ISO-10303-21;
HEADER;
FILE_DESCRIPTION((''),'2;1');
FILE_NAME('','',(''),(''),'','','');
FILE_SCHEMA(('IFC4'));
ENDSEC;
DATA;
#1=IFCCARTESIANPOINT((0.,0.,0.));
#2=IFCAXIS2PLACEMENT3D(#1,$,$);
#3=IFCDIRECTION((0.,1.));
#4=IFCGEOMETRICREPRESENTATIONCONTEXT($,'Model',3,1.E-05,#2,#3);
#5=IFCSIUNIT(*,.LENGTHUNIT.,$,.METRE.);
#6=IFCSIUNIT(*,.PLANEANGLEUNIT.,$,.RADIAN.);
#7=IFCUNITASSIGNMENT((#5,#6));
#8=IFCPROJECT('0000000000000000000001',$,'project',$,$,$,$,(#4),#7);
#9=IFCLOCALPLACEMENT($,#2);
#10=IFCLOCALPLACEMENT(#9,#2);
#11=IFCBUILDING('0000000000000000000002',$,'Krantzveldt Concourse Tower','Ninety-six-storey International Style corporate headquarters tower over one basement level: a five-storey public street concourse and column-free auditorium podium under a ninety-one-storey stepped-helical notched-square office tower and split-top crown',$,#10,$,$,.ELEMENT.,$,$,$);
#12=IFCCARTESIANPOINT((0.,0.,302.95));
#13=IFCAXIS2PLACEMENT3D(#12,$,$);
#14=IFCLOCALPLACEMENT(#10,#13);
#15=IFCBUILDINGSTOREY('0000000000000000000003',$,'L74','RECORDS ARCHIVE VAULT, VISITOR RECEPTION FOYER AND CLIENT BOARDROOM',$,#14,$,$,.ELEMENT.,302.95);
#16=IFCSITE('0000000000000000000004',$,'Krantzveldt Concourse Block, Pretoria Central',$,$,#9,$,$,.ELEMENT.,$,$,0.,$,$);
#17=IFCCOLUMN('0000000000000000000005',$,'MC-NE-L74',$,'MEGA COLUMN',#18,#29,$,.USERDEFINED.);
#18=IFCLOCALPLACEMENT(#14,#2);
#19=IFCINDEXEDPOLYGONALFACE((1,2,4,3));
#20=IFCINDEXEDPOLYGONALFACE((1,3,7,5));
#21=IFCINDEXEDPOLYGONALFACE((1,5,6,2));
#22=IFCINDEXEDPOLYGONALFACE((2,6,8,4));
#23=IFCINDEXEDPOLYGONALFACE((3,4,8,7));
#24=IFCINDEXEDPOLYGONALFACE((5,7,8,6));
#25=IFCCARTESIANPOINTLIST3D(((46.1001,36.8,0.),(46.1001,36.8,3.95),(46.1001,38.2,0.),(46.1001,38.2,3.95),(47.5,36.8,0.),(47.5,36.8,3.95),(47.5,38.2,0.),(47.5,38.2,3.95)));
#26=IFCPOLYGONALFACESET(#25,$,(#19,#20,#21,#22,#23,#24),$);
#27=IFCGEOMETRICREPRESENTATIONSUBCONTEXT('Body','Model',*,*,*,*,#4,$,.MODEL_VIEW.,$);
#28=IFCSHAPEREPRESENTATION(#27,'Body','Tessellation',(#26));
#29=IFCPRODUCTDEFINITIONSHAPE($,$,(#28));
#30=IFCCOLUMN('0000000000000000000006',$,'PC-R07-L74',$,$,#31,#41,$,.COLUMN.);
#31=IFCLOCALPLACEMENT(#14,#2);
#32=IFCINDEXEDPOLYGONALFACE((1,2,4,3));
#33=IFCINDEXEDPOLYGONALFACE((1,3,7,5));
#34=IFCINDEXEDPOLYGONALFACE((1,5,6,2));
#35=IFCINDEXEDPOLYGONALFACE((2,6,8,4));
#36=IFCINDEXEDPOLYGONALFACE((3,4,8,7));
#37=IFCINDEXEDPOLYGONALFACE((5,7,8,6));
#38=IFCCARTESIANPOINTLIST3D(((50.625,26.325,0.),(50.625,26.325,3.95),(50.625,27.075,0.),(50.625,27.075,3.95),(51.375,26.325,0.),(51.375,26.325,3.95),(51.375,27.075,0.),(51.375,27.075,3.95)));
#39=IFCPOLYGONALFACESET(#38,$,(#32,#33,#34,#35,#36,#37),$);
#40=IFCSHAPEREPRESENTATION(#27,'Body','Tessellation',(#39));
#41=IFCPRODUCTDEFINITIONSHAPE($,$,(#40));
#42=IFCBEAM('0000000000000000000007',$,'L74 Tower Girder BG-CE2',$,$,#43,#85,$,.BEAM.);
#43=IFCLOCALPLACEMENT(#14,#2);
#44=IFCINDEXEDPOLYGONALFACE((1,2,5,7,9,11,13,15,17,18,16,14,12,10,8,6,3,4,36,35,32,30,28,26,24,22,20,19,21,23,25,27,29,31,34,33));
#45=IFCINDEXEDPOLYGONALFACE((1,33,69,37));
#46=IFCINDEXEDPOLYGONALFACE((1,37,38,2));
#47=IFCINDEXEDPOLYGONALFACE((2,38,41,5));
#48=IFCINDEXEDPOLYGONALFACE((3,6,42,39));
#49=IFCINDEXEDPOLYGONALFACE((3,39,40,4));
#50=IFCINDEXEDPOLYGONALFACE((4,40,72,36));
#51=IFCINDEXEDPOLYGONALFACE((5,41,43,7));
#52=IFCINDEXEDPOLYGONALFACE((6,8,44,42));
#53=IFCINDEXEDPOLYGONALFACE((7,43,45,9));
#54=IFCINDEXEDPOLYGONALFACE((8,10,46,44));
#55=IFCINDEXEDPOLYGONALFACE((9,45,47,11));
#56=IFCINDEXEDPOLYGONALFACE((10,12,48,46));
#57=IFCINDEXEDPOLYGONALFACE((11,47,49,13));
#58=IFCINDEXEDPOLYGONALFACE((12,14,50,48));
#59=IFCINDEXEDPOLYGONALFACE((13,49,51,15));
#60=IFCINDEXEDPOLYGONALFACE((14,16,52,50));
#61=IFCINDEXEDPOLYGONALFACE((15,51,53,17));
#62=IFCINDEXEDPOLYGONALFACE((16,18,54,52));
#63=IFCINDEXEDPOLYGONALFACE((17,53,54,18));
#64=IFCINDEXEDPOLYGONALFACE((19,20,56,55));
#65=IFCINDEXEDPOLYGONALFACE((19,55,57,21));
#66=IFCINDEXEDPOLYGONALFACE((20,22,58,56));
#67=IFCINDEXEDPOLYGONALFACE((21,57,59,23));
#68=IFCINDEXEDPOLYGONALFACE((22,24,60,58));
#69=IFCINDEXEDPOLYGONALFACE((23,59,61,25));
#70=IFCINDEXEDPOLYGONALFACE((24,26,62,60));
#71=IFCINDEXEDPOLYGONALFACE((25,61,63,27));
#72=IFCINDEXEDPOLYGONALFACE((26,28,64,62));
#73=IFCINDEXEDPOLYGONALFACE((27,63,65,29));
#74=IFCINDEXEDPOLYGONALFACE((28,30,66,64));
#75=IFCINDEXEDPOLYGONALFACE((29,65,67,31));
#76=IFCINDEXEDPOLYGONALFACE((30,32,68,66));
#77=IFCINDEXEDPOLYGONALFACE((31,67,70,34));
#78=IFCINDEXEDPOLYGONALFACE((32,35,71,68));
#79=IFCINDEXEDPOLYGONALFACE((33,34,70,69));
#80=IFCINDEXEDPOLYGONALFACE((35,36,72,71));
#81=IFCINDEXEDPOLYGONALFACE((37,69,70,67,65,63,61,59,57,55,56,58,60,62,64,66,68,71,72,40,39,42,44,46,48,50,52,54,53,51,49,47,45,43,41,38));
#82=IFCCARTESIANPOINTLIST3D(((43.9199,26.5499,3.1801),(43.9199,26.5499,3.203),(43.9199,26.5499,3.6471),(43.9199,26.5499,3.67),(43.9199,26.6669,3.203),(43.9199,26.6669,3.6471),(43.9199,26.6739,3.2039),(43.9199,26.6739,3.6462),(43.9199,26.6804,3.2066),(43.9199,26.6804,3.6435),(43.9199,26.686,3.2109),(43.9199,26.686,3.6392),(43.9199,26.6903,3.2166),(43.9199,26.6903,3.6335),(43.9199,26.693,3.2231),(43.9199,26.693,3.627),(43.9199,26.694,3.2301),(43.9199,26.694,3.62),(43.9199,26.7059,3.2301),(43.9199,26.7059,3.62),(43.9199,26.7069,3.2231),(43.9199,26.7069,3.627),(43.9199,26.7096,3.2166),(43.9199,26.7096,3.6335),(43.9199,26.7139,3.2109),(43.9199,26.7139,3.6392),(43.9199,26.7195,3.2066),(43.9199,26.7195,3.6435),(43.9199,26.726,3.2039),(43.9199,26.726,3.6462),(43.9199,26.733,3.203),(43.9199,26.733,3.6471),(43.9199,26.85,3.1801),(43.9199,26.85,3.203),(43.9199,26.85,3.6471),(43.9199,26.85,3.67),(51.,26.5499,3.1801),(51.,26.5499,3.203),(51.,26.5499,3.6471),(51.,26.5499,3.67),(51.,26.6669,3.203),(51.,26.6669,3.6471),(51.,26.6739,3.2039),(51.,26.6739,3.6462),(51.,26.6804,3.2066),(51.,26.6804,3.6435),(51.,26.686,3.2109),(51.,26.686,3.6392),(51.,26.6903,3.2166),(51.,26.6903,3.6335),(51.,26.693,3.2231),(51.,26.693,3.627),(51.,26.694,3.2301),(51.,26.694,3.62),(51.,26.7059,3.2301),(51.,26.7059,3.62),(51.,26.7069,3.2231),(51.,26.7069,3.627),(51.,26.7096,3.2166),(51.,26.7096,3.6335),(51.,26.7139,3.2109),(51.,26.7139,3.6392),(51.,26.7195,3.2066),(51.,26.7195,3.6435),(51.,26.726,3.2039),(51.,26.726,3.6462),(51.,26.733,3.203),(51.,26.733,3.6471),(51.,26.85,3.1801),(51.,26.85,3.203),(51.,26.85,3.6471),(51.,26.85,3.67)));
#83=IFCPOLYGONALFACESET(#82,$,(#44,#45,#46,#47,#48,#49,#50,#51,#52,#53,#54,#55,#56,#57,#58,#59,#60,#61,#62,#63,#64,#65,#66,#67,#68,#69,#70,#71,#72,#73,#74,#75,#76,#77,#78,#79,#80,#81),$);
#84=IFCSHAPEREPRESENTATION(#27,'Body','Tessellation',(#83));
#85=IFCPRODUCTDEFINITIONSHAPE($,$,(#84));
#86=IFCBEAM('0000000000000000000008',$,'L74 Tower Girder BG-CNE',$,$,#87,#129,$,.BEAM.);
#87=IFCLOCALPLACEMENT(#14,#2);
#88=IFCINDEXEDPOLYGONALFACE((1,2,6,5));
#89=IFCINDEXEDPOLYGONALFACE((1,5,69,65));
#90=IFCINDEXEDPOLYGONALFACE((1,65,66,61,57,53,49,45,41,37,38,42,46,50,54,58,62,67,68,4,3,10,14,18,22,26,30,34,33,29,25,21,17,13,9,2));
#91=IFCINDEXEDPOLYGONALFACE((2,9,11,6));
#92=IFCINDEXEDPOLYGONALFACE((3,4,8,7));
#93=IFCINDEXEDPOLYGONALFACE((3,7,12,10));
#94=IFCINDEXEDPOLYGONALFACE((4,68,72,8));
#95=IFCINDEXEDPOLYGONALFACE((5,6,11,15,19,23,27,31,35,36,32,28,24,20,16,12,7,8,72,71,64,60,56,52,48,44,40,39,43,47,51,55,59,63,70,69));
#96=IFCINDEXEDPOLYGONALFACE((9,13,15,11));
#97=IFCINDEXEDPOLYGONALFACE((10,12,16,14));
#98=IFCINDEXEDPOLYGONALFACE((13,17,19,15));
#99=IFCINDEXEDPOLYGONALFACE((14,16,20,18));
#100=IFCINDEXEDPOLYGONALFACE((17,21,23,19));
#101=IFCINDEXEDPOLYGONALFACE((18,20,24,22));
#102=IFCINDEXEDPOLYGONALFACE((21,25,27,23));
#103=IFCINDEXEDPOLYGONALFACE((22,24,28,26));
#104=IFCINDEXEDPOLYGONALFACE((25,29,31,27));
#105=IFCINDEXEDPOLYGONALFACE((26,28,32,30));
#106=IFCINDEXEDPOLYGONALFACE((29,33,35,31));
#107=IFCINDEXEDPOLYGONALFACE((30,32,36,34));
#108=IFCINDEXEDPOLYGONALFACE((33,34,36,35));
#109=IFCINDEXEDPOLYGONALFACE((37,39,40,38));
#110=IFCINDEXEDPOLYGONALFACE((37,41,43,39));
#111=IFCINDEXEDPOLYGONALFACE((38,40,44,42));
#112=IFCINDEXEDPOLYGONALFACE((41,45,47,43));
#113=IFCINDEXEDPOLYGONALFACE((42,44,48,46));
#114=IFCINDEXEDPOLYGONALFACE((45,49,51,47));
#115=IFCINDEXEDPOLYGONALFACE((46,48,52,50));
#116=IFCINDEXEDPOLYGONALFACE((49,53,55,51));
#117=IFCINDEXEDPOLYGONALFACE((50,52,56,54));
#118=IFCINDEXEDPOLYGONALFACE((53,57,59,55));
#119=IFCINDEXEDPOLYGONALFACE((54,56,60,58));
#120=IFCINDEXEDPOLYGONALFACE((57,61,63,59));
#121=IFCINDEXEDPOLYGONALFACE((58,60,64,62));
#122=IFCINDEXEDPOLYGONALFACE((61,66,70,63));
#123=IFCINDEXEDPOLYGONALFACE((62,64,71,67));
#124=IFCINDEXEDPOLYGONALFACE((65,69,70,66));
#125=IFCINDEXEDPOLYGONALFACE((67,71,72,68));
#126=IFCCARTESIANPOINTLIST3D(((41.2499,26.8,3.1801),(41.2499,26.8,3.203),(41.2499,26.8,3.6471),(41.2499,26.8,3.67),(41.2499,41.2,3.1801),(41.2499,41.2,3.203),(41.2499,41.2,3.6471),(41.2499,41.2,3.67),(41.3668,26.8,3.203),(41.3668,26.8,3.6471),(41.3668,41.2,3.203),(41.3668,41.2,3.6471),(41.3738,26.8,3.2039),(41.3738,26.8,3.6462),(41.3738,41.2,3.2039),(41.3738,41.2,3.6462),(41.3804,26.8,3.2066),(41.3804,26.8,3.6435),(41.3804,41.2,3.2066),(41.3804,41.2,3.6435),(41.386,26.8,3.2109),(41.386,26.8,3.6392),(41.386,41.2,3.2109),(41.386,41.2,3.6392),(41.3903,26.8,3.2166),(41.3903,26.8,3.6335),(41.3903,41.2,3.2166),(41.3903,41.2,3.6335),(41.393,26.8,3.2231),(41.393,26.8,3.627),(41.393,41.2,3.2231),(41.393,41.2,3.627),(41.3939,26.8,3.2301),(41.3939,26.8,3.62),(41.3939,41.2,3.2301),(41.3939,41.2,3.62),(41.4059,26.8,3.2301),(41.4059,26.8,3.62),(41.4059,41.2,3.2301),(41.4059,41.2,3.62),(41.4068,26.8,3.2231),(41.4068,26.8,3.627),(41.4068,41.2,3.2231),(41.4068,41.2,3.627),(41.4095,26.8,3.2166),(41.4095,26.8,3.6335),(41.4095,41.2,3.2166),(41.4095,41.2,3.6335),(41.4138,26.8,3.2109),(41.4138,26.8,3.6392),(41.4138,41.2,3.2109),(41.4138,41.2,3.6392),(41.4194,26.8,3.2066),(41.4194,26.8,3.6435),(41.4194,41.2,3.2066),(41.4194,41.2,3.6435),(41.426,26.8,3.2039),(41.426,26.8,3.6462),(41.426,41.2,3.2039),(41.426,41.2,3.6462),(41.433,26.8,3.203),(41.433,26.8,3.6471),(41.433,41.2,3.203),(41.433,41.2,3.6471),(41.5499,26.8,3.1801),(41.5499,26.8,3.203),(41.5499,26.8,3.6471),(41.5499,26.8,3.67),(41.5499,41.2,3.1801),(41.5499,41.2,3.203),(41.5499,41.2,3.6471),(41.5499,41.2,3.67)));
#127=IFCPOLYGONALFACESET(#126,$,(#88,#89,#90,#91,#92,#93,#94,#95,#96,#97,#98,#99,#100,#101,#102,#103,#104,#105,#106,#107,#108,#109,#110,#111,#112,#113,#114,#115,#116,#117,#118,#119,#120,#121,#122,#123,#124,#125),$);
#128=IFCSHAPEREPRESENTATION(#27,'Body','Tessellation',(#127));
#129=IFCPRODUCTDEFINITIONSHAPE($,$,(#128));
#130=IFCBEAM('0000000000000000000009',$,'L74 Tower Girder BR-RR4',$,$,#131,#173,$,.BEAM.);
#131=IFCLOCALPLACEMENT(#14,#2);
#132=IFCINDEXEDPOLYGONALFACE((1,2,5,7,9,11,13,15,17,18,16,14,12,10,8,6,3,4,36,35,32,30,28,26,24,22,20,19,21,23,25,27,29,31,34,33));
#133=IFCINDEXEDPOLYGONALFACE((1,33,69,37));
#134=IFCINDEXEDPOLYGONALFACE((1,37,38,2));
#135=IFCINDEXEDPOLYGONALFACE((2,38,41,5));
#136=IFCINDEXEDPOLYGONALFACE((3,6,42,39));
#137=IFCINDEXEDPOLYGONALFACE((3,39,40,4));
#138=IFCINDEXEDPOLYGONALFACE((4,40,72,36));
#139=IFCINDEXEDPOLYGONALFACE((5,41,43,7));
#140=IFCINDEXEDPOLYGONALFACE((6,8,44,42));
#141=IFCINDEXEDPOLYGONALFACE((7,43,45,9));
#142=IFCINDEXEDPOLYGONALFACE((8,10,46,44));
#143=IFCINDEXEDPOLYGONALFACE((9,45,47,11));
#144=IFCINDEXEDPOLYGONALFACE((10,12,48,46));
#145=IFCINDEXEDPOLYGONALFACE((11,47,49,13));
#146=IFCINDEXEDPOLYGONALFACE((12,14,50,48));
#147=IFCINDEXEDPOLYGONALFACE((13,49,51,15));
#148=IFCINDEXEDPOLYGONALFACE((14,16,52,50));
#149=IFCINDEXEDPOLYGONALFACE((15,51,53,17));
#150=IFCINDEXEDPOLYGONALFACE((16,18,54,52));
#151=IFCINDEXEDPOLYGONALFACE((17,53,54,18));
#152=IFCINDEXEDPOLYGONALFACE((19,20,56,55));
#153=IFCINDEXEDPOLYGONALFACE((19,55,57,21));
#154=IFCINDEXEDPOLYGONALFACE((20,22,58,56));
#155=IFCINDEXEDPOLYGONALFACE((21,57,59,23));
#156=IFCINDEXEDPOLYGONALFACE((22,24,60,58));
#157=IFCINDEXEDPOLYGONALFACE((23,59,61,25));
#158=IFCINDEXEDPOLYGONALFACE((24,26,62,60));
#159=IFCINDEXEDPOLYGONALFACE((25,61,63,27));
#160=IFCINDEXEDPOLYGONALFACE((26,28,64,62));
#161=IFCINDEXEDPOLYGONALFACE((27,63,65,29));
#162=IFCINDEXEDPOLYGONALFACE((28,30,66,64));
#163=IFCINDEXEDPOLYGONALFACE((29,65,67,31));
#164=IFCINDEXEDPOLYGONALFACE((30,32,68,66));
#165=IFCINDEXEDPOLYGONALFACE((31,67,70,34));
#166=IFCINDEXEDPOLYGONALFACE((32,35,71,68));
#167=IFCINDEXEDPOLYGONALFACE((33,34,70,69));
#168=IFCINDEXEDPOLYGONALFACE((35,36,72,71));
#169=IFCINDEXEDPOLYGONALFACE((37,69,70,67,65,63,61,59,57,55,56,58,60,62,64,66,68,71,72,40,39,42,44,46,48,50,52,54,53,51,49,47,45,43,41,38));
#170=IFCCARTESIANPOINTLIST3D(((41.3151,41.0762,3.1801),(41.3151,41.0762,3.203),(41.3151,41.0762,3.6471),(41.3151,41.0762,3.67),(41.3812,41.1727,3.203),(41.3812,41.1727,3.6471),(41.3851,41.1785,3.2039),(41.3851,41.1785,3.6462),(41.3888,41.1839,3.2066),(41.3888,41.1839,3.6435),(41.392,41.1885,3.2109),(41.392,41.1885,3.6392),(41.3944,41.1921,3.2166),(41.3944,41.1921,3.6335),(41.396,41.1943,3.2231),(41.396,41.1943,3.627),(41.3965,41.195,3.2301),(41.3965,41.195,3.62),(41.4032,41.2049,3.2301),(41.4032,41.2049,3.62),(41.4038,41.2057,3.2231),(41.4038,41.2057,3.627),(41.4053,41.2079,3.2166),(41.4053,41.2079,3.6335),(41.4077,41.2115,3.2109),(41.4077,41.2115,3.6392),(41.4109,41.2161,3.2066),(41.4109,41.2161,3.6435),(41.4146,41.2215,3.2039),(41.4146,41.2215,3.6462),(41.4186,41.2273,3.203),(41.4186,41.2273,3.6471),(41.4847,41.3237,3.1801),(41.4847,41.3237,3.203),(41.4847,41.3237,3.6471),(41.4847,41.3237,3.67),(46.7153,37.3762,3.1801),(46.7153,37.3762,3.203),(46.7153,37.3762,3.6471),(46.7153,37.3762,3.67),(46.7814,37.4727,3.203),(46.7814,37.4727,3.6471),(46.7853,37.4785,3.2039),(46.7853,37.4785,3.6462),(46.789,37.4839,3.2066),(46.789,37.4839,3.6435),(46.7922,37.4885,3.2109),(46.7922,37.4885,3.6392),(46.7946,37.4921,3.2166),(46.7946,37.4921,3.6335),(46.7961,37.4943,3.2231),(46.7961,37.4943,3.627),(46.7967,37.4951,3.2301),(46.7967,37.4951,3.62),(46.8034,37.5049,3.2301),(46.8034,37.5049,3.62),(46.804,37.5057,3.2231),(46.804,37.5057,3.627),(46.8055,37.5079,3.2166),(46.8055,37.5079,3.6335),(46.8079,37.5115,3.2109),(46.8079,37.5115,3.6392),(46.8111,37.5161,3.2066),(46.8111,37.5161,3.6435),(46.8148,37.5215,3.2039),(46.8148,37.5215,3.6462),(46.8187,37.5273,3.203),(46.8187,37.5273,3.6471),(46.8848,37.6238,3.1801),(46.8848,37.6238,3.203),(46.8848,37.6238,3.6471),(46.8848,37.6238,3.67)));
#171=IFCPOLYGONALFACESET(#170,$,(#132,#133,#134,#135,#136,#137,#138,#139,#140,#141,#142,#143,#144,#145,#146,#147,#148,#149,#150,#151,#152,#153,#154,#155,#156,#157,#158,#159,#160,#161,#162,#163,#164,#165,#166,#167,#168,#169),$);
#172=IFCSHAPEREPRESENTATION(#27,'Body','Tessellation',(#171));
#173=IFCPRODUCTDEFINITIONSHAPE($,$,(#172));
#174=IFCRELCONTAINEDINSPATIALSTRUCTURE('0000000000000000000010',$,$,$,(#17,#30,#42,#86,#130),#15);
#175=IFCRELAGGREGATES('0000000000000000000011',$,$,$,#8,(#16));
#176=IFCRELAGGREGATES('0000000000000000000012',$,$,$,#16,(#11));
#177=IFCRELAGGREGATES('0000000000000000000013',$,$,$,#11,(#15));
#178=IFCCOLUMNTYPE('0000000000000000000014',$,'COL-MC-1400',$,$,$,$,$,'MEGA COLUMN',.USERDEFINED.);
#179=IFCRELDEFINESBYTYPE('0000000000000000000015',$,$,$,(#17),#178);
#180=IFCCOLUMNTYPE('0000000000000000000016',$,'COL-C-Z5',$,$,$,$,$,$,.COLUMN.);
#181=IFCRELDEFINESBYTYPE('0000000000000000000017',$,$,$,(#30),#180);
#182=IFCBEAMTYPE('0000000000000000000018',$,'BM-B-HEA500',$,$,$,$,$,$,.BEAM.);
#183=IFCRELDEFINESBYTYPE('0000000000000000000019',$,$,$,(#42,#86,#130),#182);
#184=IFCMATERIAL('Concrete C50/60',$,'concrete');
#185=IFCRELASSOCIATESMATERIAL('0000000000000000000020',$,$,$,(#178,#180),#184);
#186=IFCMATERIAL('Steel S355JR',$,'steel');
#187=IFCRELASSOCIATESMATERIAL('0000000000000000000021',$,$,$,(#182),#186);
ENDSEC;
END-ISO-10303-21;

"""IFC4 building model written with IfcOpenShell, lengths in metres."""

from ifc_helpers import new_model, si_unit, direction, frame, origin, origin_2d, place, context, subcontext, project, spatial, rectangle, i_section, extrude, source, transform, mapped, material, material_profile, profile_set, type_object, type_shapes, element, save


model = new_model("IFC4")

# Units and contexts
model_context = context("Model", 3, precision=1e-05, world=origin(), true_north=direction((0.0, 1.0)))
body_context = subcontext(model_context, "Body", "Model", "MODEL_VIEW")
ifc_project = project(units=[si_unit("LENGTHUNIT", "METRE"), si_unit("PLANEANGLEUNIT", "RADIAN")], contexts=[model_context])

# Site, building, storey
site_placement = place(None, origin())
site = spatial("IfcSite", under=ifc_project, at=site_placement, Name="Krantzveldt Concourse Block, Pretoria Central", CompositionType="ELEMENT", RefElevation=0.0)
building_placement = place(site_placement, origin())
building = spatial("IfcBuilding", under=site, at=building_placement, Name="Krantzveldt Concourse Tower", Description="Ninety-six-storey International Style corporate headquarters tower over one basement level: a five-storey public street concourse and column-free auditorium podium under a ninety-one-storey stepped-helical notched-square office tower and split-top crown", CompositionType="ELEMENT")
storey_placement = place(building_placement, frame((0.0, 0.0, 302.95)))
storey = spatial("IfcBuildingStorey", under=building, at=storey_placement, Name="L74", Description="RECORDS ARCHIVE VAULT, VISITOR RECEPTION FOYER AND CLIENT BOARDROOM", CompositionType="ELEMENT", Elevation=302.95)

# Columns
ifc_material_1 = material(Name="Concrete C50/60", Category="concrete")
ifc_material_profile_1 = material_profile(ifc_material_1, rectangle(XDim=1.3999, YDim=1.3999, at=origin_2d()), Name="Concrete C50/60", Category="concrete")
ifc_profile_set_1 = profile_set([ifc_material_profile_1], Name="Concrete C50/60 - RC 1400x1400")
column_type_1 = type_object("IfcColumnType", Name="COL-MC-1400", ElementType="MEGA COLUMN", PredefinedType="USERDEFINED", material=ifc_profile_set_1)
shared_shape_1 = source(origin(), body_context, "Body", "SweptSolid", [
    extrude(rectangle(XDim=1.3999, YDim=1.3999, at=origin_2d()), origin(), (0.0, 0.0, 1.0), 3.95),
])
type_shapes(column_type_1, [shared_shape_1])
column_1_placement = place(storey_placement, frame((46.8, 37.5, 0.0), z_axis=(0.0, 0.0, 1.0), x_axis=(1.0, 0.0, 0.0)))
element("IfcColumn", 1, at=column_1_placement, inside=storey, type_object=column_type_1, Name="MC-NE-L74", ObjectType="MEGA COLUMN", PredefinedType="USERDEFINED", context=body_context, shape_type="MappedRepresentation", body=[
    mapped(shared_shape_1, transform((0.0, 0.0, 0.0), x_axis=(1.0, 0.0, 0.0), y_axis=(0.0, 1.0, 0.0), z_axis=(0.0, 0.0, 1.0), scale=1.0)),
])
ifc_material_profile_2 = material_profile(ifc_material_1, rectangle(XDim=0.75, YDim=0.75, at=origin_2d()), Name="Concrete C50/60", Category="concrete")
ifc_profile_set_2 = profile_set([ifc_material_profile_2], Name="Concrete C50/60 - RC 750x750")
column_type_2 = type_object("IfcColumnType", Name="COL-C-Z5", PredefinedType="COLUMN", material=ifc_profile_set_2)
shared_shape_2 = source(origin(), body_context, "Body", "SweptSolid", [
    extrude(rectangle(XDim=0.75, YDim=0.75, at=origin_2d()), origin(), (0.0, 0.0, 1.0), 3.95),
])
type_shapes(column_type_2, [shared_shape_2])
column_2_placement = place(storey_placement, frame((51.0, 26.7, 0.0), z_axis=(0.0, 0.0, 1.0), x_axis=(1.0, 0.0, 0.0)))
element("IfcColumn", 2, at=column_2_placement, inside=storey, type_object=column_type_2, Name="PC-R07-L74", PredefinedType="COLUMN", context=body_context, shape_type="MappedRepresentation", body=[
    mapped(shared_shape_2, transform((0.0, 0.0, 0.0), x_axis=(1.0, 0.0, 0.0), y_axis=(0.0, 1.0, 0.0), z_axis=(0.0, 0.0, 1.0), scale=1.0)),
])

# Beams
ifc_material_2 = material(Name="Steel S355JR", Category="steel")
ifc_material_profile_3 = material_profile(ifc_material_2, i_section(OverallWidth=0.3, OverallDepth=0.49, WebThickness=0.012, FlangeThickness=0.0229, FilletRadius=0.0271, at=origin_2d()), Name="Steel S355JR", Category="steel")
ifc_profile_set_3 = profile_set([ifc_material_profile_3], Name="Steel S355JR - HEA 500")
beam_type_1 = type_object("IfcBeamType", Name="BM-B-HEA500", PredefinedType="BEAM", material=ifc_profile_set_3)
shared_shape_3 = source(origin(), body_context, "Body", "SweptSolid", [
    extrude(i_section(OverallWidth=0.3, OverallDepth=0.49, WebThickness=0.012, FlangeThickness=0.0229, FilletRadius=0.0271, at=origin_2d()), origin(), (0.0, 0.0, 1.0), 7.0801),
])
beam_1_placement = place(storey_placement, frame((43.9199, 26.7, 3.425), z_axis=(1.0, 0.0, 0.0), x_axis=(0.0, 1.0, 0.0)))
element("IfcBeam", 3, at=beam_1_placement, inside=storey, type_object=beam_type_1, Name="L74 Tower Girder BG-CE2", PredefinedType="BEAM", context=body_context, shape_type="MappedRepresentation", body=[
    mapped(shared_shape_3, transform((0.0, 0.0, 0.0), x_axis=(1.0, 0.0, 0.0), y_axis=(0.0, 1.0, 0.0), z_axis=(0.0, 0.0, 1.0), scale=1.0)),
])
shared_shape_4 = source(origin(), body_context, "Body", "SweptSolid", [
    extrude(i_section(OverallWidth=0.3, OverallDepth=0.49, WebThickness=0.012, FlangeThickness=0.0229, FilletRadius=0.0271, at=origin_2d()), origin(), (0.0, 0.0, 1.0), 14.3999),
])
beam_2_placement = place(storey_placement, frame((41.3999, 26.8, 3.425), z_axis=(0.0, 1.0, 0.0), x_axis=(-1.0, 0.0, 0.0)))
element("IfcBeam", 4, at=beam_2_placement, inside=storey, type_object=beam_type_1, Name="L74 Tower Girder BG-CNE", PredefinedType="BEAM", context=body_context, shape_type="MappedRepresentation", body=[
    mapped(shared_shape_4, transform((0.0, 0.0, 0.0), x_axis=(1.0, 0.0, 0.0), y_axis=(0.0, 1.0, 0.0), z_axis=(0.0, 0.0, 1.0), scale=1.0)),
])
shared_shape_5 = source(origin(), body_context, "Body", "SweptSolid", [
    extrude(i_section(OverallWidth=0.3, OverallDepth=0.49, WebThickness=0.012, FlangeThickness=0.0229, FilletRadius=0.0271, at=origin_2d()), origin(), (0.0, 0.0, 1.0), 6.5461),
])
type_shapes(beam_type_1, [shared_shape_3, shared_shape_4, shared_shape_5])
beam_3_placement = place(storey_placement, frame((46.8, 37.5, 3.425), z_axis=(-0.824943, 0.565216, 0.0), x_axis=(-0.565216, -0.824943, 0.0)))
element("IfcBeam", 5, at=beam_3_placement, inside=storey, type_object=beam_type_1, Name="L74 Tower Girder BR-RR4", PredefinedType="BEAM", context=body_context, shape_type="MappedRepresentation", body=[
    mapped(shared_shape_5, transform((0.0, 0.0, 0.0), x_axis=(1.0, 0.0, 0.0), y_axis=(0.0, 1.0, 0.0), z_axis=(0.0, 0.0, 1.0), scale=1.0)),
])

save(model, "model.ifc")
